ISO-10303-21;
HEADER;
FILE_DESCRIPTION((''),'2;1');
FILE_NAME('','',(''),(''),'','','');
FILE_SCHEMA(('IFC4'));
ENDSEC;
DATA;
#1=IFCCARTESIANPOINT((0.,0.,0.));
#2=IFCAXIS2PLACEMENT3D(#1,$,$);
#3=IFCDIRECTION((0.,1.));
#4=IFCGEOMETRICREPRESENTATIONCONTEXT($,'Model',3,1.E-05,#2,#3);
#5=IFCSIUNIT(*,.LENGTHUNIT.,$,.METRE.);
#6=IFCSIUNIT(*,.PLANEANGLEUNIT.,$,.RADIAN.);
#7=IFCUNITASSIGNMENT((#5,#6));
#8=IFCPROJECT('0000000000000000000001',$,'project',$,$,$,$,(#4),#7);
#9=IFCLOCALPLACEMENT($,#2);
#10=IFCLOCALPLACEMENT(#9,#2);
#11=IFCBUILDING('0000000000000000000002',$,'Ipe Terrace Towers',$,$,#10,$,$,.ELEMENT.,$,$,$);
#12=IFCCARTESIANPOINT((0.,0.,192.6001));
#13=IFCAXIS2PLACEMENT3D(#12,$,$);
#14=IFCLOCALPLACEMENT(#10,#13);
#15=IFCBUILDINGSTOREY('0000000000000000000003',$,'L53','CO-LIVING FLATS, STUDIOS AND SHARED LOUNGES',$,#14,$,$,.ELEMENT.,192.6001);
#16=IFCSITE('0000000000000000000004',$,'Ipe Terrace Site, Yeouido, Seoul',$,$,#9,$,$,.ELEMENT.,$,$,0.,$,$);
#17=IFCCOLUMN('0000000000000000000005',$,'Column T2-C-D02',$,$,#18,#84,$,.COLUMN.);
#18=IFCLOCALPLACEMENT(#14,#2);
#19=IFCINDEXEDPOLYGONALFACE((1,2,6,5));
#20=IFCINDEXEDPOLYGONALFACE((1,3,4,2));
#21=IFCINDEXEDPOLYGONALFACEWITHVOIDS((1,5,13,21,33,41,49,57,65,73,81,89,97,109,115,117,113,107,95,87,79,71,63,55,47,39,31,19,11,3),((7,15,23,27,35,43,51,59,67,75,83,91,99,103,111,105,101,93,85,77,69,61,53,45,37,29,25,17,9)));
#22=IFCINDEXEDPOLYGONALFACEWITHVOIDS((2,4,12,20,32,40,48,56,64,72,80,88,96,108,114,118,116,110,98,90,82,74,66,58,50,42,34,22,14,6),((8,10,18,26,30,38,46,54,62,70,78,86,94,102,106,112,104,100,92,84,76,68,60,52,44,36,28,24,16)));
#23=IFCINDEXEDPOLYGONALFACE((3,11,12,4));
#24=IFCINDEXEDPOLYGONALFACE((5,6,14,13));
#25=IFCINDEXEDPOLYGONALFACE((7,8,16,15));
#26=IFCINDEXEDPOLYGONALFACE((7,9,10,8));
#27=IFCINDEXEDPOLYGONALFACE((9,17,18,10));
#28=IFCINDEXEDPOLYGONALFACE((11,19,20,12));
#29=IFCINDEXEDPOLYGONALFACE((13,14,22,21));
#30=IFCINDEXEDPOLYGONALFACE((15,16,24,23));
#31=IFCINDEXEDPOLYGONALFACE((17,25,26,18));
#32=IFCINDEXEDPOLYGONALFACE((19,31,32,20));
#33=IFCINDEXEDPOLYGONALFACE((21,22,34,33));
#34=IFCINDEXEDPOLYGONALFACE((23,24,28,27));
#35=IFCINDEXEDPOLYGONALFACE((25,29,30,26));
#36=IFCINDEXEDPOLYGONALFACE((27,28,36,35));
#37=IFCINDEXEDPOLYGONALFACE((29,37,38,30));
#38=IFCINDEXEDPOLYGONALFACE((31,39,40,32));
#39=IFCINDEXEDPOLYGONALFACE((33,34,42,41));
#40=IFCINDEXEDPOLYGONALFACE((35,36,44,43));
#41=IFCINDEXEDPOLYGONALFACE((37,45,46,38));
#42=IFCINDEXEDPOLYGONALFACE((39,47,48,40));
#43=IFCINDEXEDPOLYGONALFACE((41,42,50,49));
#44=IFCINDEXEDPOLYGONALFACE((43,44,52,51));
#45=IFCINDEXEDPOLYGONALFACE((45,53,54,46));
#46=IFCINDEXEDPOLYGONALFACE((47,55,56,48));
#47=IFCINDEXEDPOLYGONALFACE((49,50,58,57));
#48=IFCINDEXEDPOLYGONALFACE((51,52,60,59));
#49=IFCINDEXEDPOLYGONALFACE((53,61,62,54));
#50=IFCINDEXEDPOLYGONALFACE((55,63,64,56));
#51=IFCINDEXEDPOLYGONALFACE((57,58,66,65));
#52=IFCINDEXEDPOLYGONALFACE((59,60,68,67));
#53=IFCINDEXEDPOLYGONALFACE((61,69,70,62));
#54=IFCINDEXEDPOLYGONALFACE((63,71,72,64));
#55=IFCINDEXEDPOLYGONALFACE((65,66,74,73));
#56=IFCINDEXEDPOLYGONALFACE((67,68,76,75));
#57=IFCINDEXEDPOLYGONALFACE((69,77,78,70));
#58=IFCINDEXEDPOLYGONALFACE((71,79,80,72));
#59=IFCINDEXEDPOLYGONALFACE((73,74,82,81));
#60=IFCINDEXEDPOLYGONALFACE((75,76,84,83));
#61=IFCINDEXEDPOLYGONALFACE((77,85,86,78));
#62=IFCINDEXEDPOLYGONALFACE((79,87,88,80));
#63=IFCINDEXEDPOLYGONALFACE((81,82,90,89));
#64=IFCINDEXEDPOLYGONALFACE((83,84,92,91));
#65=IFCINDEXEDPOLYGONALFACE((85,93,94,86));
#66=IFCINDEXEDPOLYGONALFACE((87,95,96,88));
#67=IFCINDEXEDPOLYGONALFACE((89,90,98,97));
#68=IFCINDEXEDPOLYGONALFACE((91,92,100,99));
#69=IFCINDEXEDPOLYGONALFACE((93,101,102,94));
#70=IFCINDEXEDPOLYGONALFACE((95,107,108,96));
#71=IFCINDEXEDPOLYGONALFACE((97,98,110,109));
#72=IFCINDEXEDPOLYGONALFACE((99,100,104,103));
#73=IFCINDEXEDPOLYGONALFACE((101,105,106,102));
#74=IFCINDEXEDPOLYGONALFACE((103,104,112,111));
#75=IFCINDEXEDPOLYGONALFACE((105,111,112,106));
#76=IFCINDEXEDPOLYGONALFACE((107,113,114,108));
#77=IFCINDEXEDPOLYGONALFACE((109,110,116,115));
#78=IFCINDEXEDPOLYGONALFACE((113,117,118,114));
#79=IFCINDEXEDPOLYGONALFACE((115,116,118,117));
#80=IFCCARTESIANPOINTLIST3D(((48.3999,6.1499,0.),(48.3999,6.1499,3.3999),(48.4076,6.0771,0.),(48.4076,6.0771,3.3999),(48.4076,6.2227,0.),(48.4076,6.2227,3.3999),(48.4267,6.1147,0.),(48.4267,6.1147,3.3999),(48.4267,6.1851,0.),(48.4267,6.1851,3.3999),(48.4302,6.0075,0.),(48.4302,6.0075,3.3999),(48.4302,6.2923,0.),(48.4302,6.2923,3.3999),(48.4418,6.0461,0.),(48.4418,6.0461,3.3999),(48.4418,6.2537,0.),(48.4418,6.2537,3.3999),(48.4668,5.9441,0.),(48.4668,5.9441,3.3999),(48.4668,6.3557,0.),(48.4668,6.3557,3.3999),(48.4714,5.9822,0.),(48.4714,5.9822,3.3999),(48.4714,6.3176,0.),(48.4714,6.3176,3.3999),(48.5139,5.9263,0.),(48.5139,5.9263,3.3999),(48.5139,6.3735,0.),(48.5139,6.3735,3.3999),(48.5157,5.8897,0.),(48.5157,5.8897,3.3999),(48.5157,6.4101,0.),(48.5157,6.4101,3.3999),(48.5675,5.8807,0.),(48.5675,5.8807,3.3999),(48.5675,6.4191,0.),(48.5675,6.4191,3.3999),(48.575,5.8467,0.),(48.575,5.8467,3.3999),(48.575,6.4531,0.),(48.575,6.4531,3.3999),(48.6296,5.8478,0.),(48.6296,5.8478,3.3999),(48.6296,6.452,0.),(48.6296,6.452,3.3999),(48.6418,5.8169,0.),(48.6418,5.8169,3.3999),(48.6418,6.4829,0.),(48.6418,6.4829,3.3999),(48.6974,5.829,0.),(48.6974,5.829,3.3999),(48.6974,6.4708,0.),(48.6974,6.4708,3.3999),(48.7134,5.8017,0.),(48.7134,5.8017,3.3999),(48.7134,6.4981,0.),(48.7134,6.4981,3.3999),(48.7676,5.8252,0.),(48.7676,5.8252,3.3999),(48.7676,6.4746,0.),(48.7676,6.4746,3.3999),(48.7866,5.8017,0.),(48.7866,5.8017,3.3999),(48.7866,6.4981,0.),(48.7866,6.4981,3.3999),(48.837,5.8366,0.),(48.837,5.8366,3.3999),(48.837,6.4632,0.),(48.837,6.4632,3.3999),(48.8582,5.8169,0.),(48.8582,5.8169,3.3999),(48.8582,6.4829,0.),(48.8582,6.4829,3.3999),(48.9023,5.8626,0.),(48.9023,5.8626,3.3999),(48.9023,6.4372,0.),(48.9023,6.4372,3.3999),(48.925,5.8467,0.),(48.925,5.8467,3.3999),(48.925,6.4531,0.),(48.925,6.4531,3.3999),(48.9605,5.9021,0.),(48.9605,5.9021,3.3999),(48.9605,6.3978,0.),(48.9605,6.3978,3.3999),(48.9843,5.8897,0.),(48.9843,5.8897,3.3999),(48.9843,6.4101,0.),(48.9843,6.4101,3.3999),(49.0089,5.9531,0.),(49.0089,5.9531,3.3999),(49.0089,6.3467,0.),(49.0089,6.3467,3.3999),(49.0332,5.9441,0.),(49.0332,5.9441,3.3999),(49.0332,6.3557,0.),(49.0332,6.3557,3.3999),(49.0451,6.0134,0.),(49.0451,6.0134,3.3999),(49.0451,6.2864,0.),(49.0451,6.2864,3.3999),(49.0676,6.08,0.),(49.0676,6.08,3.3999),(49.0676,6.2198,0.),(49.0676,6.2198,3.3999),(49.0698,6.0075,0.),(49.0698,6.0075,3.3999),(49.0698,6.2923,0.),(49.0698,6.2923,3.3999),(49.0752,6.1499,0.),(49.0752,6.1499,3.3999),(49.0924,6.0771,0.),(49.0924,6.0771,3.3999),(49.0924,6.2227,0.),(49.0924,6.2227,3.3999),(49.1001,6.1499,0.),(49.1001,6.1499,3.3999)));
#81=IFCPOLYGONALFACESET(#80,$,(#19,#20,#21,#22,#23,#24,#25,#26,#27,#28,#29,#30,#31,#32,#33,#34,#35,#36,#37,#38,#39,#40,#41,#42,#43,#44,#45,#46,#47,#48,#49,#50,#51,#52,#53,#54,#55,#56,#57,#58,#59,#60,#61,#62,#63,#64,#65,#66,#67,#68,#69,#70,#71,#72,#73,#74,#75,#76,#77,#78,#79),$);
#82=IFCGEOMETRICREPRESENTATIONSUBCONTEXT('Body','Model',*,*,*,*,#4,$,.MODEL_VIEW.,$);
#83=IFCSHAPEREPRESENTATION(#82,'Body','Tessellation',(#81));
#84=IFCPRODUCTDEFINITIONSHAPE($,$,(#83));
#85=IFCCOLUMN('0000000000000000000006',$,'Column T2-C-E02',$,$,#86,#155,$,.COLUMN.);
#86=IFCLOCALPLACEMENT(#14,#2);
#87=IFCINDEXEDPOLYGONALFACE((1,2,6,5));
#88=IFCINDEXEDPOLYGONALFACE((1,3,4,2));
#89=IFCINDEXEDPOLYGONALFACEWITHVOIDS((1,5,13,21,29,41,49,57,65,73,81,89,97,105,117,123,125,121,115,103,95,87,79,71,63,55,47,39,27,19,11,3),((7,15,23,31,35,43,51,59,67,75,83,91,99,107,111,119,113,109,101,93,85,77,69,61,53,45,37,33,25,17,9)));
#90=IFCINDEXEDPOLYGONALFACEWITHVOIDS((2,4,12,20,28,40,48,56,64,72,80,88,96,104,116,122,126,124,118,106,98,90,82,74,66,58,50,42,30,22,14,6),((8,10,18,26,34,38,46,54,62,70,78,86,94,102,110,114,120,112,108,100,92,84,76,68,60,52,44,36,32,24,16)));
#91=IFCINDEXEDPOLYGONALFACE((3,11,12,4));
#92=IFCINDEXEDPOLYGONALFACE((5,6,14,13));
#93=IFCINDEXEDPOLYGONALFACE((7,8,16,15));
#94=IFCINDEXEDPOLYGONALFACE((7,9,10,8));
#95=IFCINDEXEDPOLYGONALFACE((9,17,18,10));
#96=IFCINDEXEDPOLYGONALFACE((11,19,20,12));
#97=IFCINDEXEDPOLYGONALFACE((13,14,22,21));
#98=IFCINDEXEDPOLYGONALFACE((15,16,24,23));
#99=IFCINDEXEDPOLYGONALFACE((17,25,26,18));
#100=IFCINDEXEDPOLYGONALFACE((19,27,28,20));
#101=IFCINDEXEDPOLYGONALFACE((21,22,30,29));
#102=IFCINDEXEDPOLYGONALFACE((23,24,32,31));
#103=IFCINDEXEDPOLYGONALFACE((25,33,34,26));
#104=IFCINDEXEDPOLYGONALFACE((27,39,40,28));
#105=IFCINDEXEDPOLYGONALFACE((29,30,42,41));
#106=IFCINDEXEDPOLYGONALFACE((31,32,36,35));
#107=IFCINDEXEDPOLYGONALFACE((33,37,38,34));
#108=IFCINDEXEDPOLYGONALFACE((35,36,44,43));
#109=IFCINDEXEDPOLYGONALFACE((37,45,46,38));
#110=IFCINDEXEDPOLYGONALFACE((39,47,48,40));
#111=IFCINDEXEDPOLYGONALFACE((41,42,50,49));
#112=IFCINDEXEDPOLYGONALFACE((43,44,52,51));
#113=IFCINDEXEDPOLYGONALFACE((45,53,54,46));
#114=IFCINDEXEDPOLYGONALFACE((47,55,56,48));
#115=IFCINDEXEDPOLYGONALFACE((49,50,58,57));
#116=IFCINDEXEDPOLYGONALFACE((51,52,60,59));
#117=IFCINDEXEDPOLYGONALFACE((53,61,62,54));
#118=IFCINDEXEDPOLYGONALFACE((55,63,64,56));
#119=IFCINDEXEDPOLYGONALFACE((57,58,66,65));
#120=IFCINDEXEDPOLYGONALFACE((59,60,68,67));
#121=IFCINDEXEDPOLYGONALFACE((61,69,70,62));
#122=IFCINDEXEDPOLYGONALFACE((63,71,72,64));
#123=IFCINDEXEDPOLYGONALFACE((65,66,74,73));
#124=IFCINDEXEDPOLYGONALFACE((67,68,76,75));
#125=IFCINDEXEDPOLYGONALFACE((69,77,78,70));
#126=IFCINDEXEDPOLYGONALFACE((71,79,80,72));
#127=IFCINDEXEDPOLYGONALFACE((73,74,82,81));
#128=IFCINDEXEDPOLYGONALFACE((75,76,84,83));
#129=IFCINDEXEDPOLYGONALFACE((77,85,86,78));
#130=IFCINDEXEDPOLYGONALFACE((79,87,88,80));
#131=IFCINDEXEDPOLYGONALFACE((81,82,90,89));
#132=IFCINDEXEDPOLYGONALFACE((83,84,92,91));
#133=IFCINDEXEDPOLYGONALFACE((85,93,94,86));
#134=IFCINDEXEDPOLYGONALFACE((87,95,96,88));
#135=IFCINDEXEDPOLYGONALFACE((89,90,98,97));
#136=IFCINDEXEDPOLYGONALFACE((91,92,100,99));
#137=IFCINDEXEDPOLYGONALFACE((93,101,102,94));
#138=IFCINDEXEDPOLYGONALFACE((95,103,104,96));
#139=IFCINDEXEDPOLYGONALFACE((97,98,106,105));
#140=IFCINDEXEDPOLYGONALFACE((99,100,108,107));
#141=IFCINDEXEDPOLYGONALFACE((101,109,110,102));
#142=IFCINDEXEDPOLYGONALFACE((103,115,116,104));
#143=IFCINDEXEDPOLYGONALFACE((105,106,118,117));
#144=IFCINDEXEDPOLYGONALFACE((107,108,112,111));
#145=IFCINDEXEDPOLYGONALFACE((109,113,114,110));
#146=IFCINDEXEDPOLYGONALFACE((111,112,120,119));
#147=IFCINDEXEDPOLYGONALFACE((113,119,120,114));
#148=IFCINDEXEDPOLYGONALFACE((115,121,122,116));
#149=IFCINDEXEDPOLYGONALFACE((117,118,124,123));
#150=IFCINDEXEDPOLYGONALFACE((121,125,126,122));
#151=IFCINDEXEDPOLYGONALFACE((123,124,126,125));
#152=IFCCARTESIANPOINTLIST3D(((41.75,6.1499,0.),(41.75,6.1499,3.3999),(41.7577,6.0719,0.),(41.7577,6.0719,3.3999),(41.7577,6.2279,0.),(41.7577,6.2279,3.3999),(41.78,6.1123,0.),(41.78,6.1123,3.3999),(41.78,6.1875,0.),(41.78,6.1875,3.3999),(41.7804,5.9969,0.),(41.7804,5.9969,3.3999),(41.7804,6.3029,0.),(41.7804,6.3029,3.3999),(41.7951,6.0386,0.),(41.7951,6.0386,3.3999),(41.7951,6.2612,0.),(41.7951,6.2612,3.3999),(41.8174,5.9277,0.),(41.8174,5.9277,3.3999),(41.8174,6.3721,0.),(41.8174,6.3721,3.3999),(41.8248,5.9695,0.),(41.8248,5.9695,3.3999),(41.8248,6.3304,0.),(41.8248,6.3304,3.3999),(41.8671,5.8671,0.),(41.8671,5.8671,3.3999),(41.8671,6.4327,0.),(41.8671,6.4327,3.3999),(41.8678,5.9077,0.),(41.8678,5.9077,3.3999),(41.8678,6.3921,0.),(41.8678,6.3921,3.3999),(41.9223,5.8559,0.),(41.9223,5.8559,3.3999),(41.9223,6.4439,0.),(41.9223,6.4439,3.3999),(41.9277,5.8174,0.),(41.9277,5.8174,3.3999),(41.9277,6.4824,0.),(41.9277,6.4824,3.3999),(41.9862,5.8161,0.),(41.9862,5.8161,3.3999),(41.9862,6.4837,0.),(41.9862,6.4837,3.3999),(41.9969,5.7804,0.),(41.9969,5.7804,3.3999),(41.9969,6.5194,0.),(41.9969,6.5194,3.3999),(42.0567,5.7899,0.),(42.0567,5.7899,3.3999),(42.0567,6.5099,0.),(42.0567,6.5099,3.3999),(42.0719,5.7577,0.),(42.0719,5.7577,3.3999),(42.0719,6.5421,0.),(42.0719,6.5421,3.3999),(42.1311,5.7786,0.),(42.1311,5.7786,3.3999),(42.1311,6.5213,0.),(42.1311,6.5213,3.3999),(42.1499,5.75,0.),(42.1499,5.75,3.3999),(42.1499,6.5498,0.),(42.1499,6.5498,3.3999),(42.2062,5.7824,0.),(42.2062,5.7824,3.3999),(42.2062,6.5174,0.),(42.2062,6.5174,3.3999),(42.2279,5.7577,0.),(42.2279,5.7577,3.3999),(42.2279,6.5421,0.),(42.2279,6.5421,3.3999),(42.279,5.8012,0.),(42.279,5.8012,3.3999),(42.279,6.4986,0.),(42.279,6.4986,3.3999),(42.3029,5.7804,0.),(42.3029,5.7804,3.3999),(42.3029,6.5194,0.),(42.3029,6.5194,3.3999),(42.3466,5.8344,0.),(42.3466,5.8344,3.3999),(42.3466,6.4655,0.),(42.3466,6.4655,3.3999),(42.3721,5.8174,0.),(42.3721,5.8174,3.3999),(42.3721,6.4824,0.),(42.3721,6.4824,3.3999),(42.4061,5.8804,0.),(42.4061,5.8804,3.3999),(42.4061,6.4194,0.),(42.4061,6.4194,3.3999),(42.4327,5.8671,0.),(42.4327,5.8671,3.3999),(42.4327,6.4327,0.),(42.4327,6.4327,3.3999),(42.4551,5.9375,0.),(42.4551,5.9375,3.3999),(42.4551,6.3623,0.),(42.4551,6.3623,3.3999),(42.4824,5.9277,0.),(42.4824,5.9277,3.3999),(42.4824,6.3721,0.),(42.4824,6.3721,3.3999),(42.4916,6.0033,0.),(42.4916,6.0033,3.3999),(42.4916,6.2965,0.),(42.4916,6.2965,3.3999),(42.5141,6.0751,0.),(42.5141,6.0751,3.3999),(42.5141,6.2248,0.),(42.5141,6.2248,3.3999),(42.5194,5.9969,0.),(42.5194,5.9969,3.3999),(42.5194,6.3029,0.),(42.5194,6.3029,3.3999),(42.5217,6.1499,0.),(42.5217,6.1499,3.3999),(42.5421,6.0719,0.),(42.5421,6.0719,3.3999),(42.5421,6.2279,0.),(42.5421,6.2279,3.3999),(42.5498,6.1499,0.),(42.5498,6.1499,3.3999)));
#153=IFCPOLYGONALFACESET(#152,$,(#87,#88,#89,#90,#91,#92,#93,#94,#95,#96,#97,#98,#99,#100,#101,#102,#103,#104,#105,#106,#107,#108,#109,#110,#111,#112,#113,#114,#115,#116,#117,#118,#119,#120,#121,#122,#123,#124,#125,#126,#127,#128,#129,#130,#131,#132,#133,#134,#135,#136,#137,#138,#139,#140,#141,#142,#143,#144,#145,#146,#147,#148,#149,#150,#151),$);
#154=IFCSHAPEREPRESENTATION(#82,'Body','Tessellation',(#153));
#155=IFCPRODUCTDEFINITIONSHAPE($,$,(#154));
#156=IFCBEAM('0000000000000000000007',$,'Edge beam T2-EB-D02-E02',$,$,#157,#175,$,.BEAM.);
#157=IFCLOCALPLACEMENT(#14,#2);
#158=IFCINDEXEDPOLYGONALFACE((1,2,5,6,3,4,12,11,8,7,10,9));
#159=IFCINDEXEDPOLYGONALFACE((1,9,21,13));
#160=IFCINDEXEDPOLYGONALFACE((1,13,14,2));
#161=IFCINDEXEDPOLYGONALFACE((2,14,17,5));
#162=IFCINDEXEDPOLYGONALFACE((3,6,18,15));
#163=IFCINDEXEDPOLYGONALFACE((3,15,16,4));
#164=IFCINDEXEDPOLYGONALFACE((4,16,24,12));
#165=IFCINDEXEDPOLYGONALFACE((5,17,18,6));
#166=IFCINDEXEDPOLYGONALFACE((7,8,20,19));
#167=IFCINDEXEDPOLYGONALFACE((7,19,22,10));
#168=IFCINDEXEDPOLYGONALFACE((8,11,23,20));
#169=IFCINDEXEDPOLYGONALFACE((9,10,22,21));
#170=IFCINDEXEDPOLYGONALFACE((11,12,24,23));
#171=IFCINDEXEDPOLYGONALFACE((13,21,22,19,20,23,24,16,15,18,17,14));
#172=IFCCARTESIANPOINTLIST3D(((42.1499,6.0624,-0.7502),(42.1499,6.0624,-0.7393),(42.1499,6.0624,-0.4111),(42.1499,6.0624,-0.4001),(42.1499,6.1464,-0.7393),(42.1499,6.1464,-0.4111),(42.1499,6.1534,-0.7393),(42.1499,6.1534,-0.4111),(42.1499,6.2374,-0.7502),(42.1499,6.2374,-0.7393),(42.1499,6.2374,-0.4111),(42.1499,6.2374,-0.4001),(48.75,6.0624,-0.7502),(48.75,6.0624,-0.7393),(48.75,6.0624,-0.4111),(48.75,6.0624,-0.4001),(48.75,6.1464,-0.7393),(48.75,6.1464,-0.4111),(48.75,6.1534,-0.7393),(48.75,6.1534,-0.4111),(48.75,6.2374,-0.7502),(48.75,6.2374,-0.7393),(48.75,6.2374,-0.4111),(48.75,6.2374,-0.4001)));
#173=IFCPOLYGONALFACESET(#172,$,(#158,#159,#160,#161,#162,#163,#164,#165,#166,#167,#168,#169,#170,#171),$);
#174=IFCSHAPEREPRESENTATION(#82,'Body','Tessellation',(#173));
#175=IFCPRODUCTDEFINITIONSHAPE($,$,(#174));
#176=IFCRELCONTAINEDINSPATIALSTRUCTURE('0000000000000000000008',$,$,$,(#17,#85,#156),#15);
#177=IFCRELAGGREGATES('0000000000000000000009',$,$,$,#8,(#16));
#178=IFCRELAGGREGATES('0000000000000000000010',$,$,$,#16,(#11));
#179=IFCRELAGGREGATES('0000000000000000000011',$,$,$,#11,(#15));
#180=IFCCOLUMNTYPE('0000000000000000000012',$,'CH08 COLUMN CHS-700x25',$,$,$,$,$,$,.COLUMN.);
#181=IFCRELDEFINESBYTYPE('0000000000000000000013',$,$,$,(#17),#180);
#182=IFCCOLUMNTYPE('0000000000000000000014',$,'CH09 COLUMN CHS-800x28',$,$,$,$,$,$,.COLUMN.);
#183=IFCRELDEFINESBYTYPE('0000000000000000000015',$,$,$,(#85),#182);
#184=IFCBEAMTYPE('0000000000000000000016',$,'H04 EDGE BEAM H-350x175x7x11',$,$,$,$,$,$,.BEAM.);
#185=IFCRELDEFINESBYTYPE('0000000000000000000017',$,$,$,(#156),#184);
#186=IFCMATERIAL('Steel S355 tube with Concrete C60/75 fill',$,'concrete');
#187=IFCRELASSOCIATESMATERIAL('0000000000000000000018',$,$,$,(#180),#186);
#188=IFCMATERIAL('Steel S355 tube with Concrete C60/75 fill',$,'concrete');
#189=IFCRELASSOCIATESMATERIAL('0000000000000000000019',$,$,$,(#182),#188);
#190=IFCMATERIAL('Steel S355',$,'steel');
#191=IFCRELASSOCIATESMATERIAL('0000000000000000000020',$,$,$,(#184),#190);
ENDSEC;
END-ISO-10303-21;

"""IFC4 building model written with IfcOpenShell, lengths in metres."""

from ifc_helpers import new_model, si_unit, direction, frame, origin, origin_2d, place, context, subcontext, project, spatial, hollow_circle, i_section, extrude, material, material_profile, profile_set, type_object, element, save


model = new_model("IFC4")

# Units and contexts
model_context = context("Model", 3, precision=1e-05, world=origin(), true_north=direction((0.0, 1.0)))
body_context = subcontext(model_context, "Body", "Model", "MODEL_VIEW")
ifc_project = project(units=[si_unit("LENGTHUNIT", "METRE"), si_unit("PLANEANGLEUNIT", "RADIAN")], contexts=[model_context])

# Site, building, storey
site_placement = place(None, origin())
site = spatial("IfcSite", under=ifc_project, at=site_placement, Name="Ipe Terrace Site, Yeouido, Seoul", CompositionType="ELEMENT", RefElevation=0.0)
building_placement = place(site_placement, origin())
building = spatial("IfcBuilding", under=site, at=building_placement, Name="Ipe Terrace Towers", CompositionType="ELEMENT")
storey_placement = place(building_placement, frame((0.0, 0.0, 192.6001)))
storey = spatial("IfcBuildingStorey", under=building, at=storey_placement, Name="L53", Description="CO-LIVING FLATS, STUDIOS AND SHARED LOUNGES", CompositionType="ELEMENT", Elevation=192.6001)

# Columns
ifc_material_1 = material(Name="Steel S355 tube with Concrete C60/75 fill", Category="concrete")
ifc_material_profile_1 = material_profile(ifc_material_1, hollow_circle(Radius=0.3501, WallThickness=0.0249, at=origin_2d()), Name="CHS-700x25")
ifc_profile_set_1 = profile_set([ifc_material_profile_1], Name="Steel S355 tube with Concrete C60/75 fill")
column_type_1 = type_object("IfcColumnType", Name="CH08 COLUMN CHS-700x25", PredefinedType="COLUMN", material=ifc_profile_set_1)
column_1_placement = place(storey_placement, frame((48.75, 6.1499, 0.0), z_axis=(0.0, 0.0, 1.0), x_axis=(1.0, 0.0, 0.0)))
element("IfcColumn", 1, at=column_1_placement, inside=storey, type_object=column_type_1, Name="Column T2-C-D02", PredefinedType="COLUMN", context=body_context, shape_type="SweptSolid", body=[
    extrude(hollow_circle(Radius=0.3501, WallThickness=0.0249, at=origin_2d()), origin(), (0.0, 0.0, 1.0), 3.3999),
])
ifc_material_2 = material(Name="Steel S355 tube with Concrete C60/75 fill", Category="concrete")
ifc_material_profile_2 = material_profile(ifc_material_2, hollow_circle(Radius=0.3999, WallThickness=0.0281, at=origin_2d()), Name="CHS-800x28")
ifc_profile_set_2 = profile_set([ifc_material_profile_2], Name="Steel S355 tube with Concrete C60/75 fill")
column_type_2 = type_object("IfcColumnType", Name="CH09 COLUMN CHS-800x28", PredefinedType="COLUMN", material=ifc_profile_set_2)
column_2_placement = place(storey_placement, frame((42.1499, 6.1499, 0.0), z_axis=(0.0, 0.0, 1.0), x_axis=(1.0, 0.0, 0.0)))
element("IfcColumn", 2, at=column_2_placement, inside=storey, type_object=column_type_2, Name="Column T2-C-E02", PredefinedType="COLUMN", context=body_context, shape_type="SweptSolid", body=[
    extrude(hollow_circle(Radius=0.3999, WallThickness=0.0281, at=origin_2d()), origin(), (0.0, 0.0, 1.0), 3.3999),
])

# Beam
ifc_material_3 = material(Name="Steel S355", Category="steel")
ifc_material_profile_3 = material_profile(ifc_material_3, i_section(OverallWidth=0.175, OverallDepth=0.3501, WebThickness=0.0071, FlangeThickness=0.011, at=origin_2d()), Name="H-350x175x7x11")
ifc_profile_set_3 = profile_set([ifc_material_profile_3], Name="Steel S355")
beam_type = type_object("IfcBeamType", Name="H04 EDGE BEAM H-350x175x7x11", PredefinedType="BEAM", material=ifc_profile_set_3)
beam_placement = place(storey_placement, frame((48.75, 6.1499, -0.5752), z_axis=(-1.0, 0.0, 0.0), x_axis=(0.0, -1.0, 0.0)))
element("IfcBeam", 3, at=beam_placement, inside=storey, type_object=beam_type, Name="Edge beam T2-EB-D02-E02", PredefinedType="BEAM", context=body_context, shape_type="SweptSolid", body=[
    extrude(i_section(OverallWidth=0.175, OverallDepth=0.3501, WebThickness=0.0071, FlangeThickness=0.011, at=origin_2d()), origin(), (0.0, 0.0, 1.0), 6.6001),
])

save(model, "model.ifc")
